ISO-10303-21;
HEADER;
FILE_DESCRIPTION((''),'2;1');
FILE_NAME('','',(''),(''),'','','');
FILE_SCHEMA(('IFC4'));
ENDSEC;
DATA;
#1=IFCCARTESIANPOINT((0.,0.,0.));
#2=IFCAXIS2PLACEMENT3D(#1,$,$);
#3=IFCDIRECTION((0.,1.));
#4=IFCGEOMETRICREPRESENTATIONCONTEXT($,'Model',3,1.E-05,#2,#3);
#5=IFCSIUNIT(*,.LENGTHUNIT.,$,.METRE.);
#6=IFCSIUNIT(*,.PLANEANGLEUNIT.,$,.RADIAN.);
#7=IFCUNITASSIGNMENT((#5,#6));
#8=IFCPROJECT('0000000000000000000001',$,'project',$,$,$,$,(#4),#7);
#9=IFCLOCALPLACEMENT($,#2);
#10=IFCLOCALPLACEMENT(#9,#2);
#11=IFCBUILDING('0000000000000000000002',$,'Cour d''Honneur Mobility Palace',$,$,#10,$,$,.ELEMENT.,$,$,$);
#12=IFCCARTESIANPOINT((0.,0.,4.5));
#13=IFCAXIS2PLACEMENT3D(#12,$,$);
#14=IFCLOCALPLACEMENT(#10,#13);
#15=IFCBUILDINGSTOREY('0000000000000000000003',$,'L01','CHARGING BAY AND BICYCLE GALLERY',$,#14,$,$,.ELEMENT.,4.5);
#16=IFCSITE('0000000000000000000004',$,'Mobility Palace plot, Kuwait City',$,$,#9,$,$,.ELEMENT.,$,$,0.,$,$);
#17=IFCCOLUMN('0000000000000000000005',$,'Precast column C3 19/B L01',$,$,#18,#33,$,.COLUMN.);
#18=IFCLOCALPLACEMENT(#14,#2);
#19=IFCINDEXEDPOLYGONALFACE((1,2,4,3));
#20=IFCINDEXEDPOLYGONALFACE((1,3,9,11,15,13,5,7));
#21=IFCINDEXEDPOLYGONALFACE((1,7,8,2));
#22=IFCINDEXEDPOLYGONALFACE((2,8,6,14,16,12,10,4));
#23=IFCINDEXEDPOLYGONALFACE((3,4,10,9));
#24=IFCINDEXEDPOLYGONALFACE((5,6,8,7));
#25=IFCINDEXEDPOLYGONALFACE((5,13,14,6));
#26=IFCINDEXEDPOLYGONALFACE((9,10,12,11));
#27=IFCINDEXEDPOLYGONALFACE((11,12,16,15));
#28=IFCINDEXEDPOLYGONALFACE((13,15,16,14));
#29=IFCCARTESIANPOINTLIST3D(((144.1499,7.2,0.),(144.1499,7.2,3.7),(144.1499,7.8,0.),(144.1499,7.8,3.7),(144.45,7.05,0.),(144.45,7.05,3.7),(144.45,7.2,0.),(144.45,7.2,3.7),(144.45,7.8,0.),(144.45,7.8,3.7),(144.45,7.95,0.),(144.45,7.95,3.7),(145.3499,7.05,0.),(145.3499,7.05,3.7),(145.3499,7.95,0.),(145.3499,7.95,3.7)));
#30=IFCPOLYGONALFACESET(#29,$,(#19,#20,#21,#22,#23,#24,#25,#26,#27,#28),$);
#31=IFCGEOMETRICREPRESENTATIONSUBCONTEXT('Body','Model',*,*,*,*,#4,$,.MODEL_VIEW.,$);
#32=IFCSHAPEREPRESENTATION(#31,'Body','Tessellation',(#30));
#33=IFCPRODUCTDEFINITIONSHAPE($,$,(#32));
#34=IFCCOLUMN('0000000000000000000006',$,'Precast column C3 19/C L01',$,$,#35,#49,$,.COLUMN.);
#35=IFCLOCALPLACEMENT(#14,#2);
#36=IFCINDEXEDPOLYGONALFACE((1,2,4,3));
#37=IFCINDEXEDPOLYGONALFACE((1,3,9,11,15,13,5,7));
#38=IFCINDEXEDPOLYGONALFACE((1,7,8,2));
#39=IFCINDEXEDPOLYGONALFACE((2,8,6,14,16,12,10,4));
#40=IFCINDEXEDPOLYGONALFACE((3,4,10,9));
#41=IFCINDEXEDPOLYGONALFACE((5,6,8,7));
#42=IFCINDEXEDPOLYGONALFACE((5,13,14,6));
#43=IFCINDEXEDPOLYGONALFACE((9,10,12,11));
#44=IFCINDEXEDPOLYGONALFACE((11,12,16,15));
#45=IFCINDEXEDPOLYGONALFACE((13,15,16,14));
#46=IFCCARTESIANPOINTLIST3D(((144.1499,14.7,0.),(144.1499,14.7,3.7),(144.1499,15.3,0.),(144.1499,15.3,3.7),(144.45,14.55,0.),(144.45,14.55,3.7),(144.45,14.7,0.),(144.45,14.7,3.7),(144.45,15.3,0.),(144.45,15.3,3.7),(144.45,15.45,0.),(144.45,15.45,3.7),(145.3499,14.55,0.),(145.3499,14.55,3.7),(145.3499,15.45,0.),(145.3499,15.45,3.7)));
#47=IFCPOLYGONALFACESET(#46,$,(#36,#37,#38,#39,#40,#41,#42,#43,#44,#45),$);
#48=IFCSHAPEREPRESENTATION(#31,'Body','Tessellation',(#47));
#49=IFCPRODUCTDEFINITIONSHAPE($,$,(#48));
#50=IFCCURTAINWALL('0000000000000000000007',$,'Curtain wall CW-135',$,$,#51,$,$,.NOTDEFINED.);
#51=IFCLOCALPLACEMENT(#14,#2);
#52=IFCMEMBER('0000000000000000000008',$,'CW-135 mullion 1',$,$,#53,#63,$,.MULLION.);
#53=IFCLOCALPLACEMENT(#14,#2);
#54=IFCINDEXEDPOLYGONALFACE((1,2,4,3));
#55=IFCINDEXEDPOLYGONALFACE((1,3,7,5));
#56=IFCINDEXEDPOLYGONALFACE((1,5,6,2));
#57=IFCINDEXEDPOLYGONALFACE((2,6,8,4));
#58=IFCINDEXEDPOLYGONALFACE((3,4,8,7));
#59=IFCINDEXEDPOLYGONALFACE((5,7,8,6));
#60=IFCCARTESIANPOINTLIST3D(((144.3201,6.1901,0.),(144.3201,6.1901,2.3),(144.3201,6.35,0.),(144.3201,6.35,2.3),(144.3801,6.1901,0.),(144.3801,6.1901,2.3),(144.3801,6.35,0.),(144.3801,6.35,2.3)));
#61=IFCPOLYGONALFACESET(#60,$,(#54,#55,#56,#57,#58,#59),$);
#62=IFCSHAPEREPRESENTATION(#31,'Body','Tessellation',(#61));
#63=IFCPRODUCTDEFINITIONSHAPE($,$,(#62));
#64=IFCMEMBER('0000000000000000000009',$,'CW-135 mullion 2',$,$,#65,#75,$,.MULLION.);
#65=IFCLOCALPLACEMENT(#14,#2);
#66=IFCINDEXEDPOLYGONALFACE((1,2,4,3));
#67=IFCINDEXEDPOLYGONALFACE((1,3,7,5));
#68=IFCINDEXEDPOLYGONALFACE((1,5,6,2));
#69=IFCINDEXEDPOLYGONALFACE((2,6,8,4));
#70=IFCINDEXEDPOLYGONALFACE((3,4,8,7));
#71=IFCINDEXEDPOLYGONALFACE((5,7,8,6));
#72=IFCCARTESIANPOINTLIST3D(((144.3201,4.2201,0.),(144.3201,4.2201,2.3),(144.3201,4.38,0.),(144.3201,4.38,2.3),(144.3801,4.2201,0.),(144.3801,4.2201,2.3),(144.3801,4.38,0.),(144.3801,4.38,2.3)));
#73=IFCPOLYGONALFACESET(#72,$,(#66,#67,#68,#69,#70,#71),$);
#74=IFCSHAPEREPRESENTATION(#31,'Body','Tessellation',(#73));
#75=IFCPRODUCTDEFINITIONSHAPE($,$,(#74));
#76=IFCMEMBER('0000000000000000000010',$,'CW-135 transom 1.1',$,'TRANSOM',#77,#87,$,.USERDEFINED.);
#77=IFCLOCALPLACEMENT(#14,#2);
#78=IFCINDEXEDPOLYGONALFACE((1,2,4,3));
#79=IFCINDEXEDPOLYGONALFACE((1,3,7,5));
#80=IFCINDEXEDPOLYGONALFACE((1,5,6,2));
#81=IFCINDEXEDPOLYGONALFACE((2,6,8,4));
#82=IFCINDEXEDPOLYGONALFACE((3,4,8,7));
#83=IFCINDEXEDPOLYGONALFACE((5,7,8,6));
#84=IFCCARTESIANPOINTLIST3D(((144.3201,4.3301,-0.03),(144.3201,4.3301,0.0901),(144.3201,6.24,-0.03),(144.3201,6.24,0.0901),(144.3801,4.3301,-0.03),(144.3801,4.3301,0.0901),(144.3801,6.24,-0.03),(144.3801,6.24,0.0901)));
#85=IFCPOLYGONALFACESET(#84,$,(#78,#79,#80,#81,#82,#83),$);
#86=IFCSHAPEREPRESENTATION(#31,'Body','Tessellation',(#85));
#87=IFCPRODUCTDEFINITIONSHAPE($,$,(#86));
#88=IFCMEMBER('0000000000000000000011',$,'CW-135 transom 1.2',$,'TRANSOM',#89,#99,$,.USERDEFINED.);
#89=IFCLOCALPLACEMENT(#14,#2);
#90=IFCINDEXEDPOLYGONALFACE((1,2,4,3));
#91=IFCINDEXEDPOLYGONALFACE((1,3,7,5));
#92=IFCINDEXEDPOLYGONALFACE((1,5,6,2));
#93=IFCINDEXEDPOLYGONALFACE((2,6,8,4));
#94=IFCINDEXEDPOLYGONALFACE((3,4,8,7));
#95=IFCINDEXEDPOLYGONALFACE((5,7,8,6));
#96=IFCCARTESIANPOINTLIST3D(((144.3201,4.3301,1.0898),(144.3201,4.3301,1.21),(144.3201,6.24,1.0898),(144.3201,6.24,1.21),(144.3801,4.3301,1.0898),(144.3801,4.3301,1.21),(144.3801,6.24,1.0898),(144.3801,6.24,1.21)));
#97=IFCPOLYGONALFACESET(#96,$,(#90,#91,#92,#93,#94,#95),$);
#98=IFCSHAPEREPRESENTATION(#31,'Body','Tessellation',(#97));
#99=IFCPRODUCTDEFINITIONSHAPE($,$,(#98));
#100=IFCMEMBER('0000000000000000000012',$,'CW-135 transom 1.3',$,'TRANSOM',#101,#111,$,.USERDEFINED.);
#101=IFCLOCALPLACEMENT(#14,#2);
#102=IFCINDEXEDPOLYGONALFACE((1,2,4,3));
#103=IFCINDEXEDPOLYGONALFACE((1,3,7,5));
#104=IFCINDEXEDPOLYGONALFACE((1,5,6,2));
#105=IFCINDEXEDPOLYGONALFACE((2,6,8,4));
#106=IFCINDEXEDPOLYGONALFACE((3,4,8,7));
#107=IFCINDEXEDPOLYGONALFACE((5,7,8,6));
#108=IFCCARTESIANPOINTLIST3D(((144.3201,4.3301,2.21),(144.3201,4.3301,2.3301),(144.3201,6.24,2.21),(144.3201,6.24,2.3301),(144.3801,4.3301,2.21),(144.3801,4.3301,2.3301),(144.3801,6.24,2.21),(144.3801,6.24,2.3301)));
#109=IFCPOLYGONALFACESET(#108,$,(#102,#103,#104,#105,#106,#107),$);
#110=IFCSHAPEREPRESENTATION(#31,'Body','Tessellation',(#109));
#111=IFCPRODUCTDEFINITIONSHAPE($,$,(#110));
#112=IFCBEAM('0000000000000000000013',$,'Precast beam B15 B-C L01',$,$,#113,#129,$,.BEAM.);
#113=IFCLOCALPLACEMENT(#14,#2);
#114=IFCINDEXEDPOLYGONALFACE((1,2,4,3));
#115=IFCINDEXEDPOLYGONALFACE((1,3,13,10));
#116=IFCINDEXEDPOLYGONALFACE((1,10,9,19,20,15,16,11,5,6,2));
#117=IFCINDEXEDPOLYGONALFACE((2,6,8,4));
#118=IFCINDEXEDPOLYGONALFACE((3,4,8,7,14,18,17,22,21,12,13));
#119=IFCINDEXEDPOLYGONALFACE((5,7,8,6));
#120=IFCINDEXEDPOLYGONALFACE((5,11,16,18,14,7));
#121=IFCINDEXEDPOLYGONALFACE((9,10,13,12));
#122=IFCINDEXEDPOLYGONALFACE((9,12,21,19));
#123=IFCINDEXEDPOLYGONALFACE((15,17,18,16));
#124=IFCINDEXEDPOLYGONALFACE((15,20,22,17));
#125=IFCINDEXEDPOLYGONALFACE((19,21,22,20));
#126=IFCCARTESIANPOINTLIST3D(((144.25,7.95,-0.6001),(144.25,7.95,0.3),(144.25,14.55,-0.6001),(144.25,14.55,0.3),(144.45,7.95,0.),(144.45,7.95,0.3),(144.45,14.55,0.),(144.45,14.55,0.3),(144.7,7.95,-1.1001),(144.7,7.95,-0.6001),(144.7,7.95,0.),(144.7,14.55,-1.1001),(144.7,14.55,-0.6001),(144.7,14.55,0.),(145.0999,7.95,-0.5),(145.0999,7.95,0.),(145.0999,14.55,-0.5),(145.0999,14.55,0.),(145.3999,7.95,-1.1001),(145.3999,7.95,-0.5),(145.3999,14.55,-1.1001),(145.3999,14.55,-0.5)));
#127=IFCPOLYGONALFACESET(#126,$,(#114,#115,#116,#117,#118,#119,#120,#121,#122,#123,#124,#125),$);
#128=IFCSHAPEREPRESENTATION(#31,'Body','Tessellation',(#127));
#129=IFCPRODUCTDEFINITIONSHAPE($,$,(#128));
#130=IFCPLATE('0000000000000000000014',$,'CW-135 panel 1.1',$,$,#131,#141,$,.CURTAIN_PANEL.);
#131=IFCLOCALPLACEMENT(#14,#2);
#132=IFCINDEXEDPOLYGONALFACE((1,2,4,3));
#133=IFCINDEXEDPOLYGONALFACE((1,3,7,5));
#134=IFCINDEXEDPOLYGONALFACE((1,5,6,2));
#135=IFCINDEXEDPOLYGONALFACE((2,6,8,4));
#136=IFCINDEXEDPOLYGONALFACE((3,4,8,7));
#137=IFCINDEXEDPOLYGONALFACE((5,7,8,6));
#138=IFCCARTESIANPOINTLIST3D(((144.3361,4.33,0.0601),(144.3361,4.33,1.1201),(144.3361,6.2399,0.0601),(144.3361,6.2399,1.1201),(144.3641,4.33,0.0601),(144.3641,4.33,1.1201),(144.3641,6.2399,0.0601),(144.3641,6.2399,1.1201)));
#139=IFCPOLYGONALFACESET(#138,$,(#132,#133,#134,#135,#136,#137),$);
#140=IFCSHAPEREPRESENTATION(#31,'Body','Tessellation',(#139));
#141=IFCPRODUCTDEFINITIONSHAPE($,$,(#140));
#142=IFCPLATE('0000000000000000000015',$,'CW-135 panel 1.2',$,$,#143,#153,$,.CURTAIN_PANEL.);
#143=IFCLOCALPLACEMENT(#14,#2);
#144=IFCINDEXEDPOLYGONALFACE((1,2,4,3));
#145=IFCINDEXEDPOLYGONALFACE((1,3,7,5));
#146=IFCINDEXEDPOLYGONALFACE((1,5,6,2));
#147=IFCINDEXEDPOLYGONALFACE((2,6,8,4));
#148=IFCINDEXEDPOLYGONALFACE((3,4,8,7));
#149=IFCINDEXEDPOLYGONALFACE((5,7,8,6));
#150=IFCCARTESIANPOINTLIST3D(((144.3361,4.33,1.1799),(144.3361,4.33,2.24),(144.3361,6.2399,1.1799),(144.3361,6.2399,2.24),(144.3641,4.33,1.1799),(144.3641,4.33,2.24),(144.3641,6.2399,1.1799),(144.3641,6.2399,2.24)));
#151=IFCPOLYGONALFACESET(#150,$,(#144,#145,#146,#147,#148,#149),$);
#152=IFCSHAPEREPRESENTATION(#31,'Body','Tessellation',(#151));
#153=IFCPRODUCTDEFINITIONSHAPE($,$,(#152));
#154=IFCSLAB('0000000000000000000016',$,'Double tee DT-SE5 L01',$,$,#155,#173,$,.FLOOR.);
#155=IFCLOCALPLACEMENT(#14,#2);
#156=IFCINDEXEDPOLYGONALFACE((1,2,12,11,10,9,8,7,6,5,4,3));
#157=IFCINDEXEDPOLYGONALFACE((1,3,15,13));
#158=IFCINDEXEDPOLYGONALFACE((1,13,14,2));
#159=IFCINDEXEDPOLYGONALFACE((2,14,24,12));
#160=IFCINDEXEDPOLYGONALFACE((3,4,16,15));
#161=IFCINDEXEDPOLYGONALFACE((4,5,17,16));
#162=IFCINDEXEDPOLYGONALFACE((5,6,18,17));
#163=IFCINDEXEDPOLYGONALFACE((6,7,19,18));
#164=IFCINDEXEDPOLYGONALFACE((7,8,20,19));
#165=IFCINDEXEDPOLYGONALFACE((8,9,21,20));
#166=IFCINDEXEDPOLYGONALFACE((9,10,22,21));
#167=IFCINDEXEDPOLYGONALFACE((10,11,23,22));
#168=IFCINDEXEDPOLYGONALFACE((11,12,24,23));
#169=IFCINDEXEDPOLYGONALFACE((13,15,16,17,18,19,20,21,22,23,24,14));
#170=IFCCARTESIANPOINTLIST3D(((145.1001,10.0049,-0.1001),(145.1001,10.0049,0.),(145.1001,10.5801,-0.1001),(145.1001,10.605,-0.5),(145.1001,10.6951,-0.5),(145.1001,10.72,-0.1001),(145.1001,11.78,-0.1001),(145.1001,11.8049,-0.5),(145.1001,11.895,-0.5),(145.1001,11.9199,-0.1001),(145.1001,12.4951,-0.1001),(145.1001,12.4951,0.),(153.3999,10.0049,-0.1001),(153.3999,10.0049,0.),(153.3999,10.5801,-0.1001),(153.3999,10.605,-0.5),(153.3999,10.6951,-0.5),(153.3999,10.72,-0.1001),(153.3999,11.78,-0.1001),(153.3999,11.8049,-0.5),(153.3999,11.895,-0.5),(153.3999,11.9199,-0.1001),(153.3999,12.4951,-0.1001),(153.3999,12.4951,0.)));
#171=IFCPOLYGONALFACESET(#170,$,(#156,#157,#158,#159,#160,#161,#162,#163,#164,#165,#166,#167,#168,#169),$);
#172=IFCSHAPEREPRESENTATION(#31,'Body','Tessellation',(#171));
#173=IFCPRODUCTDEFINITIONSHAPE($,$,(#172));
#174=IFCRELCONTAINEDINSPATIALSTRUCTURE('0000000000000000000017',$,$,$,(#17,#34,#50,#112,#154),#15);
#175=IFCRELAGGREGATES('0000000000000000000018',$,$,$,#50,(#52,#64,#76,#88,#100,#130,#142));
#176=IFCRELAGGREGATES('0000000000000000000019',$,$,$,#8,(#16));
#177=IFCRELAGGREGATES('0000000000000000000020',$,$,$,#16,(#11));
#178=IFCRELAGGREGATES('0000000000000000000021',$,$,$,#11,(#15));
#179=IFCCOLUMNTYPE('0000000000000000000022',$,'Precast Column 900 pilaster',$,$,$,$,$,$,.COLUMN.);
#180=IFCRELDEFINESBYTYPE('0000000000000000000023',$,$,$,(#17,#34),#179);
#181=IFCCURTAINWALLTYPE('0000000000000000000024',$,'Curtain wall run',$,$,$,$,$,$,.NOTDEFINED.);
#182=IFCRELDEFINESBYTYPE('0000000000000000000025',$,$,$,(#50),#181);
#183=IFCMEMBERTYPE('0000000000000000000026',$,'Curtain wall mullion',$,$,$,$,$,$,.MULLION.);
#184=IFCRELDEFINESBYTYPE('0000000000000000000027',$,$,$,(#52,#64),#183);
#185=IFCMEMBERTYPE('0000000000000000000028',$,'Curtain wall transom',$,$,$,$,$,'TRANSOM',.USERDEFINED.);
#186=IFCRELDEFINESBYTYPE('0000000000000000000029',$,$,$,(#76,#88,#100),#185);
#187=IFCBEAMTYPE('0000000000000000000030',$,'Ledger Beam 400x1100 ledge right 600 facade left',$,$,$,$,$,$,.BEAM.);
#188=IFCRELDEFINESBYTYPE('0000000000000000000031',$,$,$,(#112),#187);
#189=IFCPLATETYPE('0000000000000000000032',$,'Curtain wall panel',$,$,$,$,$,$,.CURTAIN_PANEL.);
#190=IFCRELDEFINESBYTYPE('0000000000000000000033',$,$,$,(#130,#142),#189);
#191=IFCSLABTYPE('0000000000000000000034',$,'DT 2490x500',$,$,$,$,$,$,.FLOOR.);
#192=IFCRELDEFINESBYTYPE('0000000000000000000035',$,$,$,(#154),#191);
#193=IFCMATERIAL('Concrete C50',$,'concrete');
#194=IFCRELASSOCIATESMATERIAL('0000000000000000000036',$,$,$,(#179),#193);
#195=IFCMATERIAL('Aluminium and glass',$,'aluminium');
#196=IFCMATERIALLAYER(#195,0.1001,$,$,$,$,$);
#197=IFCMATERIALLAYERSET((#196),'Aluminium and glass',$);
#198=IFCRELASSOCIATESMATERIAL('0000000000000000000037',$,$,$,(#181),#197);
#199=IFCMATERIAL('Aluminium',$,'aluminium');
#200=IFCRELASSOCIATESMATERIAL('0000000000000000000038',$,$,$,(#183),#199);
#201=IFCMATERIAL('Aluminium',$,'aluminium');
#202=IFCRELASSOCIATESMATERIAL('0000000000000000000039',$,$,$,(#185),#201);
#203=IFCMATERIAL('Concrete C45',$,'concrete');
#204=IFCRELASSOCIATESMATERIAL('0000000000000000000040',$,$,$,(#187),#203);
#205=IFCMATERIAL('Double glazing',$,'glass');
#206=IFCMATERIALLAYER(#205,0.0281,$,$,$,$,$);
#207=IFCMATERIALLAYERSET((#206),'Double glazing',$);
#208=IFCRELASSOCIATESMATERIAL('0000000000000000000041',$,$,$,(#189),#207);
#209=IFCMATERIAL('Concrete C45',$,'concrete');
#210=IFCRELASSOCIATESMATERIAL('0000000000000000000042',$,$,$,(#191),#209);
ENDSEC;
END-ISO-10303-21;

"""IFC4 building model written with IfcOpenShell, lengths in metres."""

from ifc_helpers import new_model, si_unit, direction, frame, origin, origin_2d, place, context, subcontext, project, spatial, polyline, rectangle, outline, extrude, material, layer, layer_set, material_profile, profile_set, type_object, element, aggregate, save


model = new_model("IFC4")

# Units and contexts
model_context = context("Model", 3, precision=1e-05, world=origin(), true_north=direction((0.0, 1.0)))
body_context = subcontext(model_context, "Body", "Model", "MODEL_VIEW")
ifc_project = project(units=[si_unit("LENGTHUNIT", "METRE"), si_unit("PLANEANGLEUNIT", "RADIAN")], contexts=[model_context])

# Site, building, storey
site_placement = place(None, origin())
site = spatial("IfcSite", under=ifc_project, at=site_placement, Name="Mobility Palace plot, Kuwait City", CompositionType="ELEMENT", RefElevation=0.0)
building_placement = place(site_placement, origin())
building = spatial("IfcBuilding", under=site, at=building_placement, Name="Cour d'Honneur Mobility Palace", CompositionType="ELEMENT")
storey_placement = place(building_placement, frame((0.0, 0.0, 4.5)))
storey = spatial("IfcBuildingStorey", under=building, at=storey_placement, Name="L01", Description="CHARGING BAY AND BICYCLE GALLERY", CompositionType="ELEMENT", Elevation=4.5)

# Columns
ifc_material_1 = material(Name="Concrete C50", Category="concrete")
ifc_material_profile_1 = material_profile(ifc_material_1, outline(polyline([(-0.45, -0.45), (0.45, -0.45), (0.45, -0.3), (0.75, -0.3), (0.75, 0.3), (0.45, 0.3), (0.45, 0.45), (-0.45, 0.45), (-0.45, -0.45)])), Name="PC C900 pilaster")
ifc_profile_set_1 = profile_set([ifc_material_profile_1], Name="Concrete C50")
column_type = type_object("IfcColumnType", Name="Precast Column 900 pilaster", PredefinedType="COLUMN", material=ifc_profile_set_1)
for number, where, z_axis, x_axis, name in (
    (1, (144.8999, 7.5, 0.0), (0.0, 0.0, 1.0), (-1.0, 0.0, 0.0), "Precast column C3 19/B L01"),
    (2, (144.8999, 15.0, 0.0), (0.0, 0.0, 1.0), (-1.0, 0.0, 0.0), "Precast column C3 19/C L01"),
):
    element("IfcColumn", number, at=place(storey_placement, frame(where, z_axis=z_axis, x_axis=x_axis)), inside=storey, type_object=column_type, Name=name, PredefinedType="COLUMN", context=body_context, shape_type="SweptSolid", body=[
        extrude(outline(polyline([(-0.45, -0.45), (0.45, -0.45), (0.45, -0.3), (0.75, -0.3), (0.75, 0.3), (0.45, 0.3), (0.45, 0.45), (-0.45, 0.45), (-0.45, -0.45)])), origin(), (0.0, 0.0, 1.0), 3.7),
    ])

# Curtain wall, members
ifc_material_2 = material(Name="Aluminium and glass", Category="aluminium")
ifc_layer_1 = layer(ifc_material_2, 0.1001)
ifc_layer_set_1 = layer_set([ifc_layer_1], Name="Aluminium and glass")
curtain_wall_type = type_object("IfcCurtainWallType", Name="Curtain wall run", PredefinedType="NOTDEFINED", material=ifc_layer_set_1)
curtain_wall_placement = place(storey_placement, origin())
curtain_wall = element("IfcCurtainWall", 3, at=curtain_wall_placement, inside=storey, type_object=curtain_wall_type, Name="Curtain wall CW-135", PredefinedType="NOTDEFINED")
ifc_material_3 = material(Name="Aluminium", Category="aluminium")
ifc_material_profile_2 = material_profile(ifc_material_3, rectangle(XDim=0.0601, YDim=0.1599, at=origin_2d()), Name="Curtain wall mullion")
ifc_profile_set_2 = profile_set([ifc_material_profile_2], Name="Aluminium")
member_type_1 = type_object("IfcMemberType", Name="Curtain wall mullion", PredefinedType="MULLION", material=ifc_profile_set_2)
member_1_placement = place(storey_placement, frame((144.3501, 6.27, 0.0), z_axis=(0.0, 0.0, 1.0), x_axis=(1.0, 0.0, 0.0)))
member_1 = element("IfcMember", 4, at=member_1_placement, type_object=member_type_1, Name="CW-135 mullion 1", PredefinedType="MULLION", context=body_context, shape_type="SweptSolid", body=[
    extrude(rectangle(XDim=0.0601, YDim=0.1599, at=origin_2d()), origin(), (0.0, 0.0, 1.0), 2.3),
])
member_2_placement = place(storey_placement, frame((144.3501, 4.3, 0.0), z_axis=(0.0, 0.0, 1.0), x_axis=(1.0, 0.0, 0.0)))
member_2 = element("IfcMember", 5, at=member_2_placement, type_object=member_type_1, Name="CW-135 mullion 2", PredefinedType="MULLION", context=body_context, shape_type="SweptSolid", body=[
    extrude(rectangle(XDim=0.0601, YDim=0.1599, at=origin_2d()), origin(), (0.0, 0.0, 1.0), 2.3),
])
ifc_material_4 = material(Name="Aluminium", Category="aluminium")
ifc_material_profile_3 = material_profile(ifc_material_4, rectangle(XDim=0.0601, YDim=0.1201, at=origin_2d()), Name="Curtain wall transom")
ifc_profile_set_3 = profile_set([ifc_material_profile_3], Name="Aluminium")
member_type_2 = type_object("IfcMemberType", Name="Curtain wall transom", ElementType="TRANSOM", PredefinedType="USERDEFINED", material=ifc_profile_set_3)
member_3_placement = place(storey_placement, frame((144.3501, 6.24, 0.03), z_axis=(0.0, -1.0, 0.0), x_axis=(1.0, 0.0, 0.0)))
member_3 = element("IfcMember", 6, at=member_3_placement, type_object=member_type_2, Name="CW-135 transom 1.1", ObjectType="TRANSOM", PredefinedType="USERDEFINED", context=body_context, shape_type="SweptSolid", body=[
    extrude(rectangle(XDim=0.0601, YDim=0.1201, at=origin_2d()), origin(), (0.0, 0.0, 1.0), 1.9099),
])
member_4_placement = place(storey_placement, frame((144.3501, 6.24, 1.1499), z_axis=(0.0, -1.0, 0.0), x_axis=(1.0, 0.0, 0.0)))
member_4 = element("IfcMember", 7, at=member_4_placement, type_object=member_type_2, Name="CW-135 transom 1.2", ObjectType="TRANSOM", PredefinedType="USERDEFINED", context=body_context, shape_type="SweptSolid", body=[
    extrude(rectangle(XDim=0.0601, YDim=0.1201, at=origin_2d()), origin(), (0.0, 0.0, 1.0), 1.9099),
])
member_5_placement = place(storey_placement, frame((144.3501, 6.24, 2.27), z_axis=(0.0, -1.0, 0.0), x_axis=(1.0, 0.0, 0.0)))
member_5 = element("IfcMember", 8, at=member_5_placement, type_object=member_type_2, Name="CW-135 transom 1.3", ObjectType="TRANSOM", PredefinedType="USERDEFINED", context=body_context, shape_type="SweptSolid", body=[
    extrude(rectangle(XDim=0.0601, YDim=0.1201, at=origin_2d()), origin(), (0.0, 0.0, 1.0), 1.9099),
])

# Beam
ifc_material_5 = material(Name="Concrete C45", Category="concrete")
ifc_material_profile_4 = material_profile(ifc_material_5, outline(polyline([(0.2, -1.1001), (0.2, -0.6001), (0.6499, -0.6001), (0.6499, 0.3), (0.45, 0.3), (0.45, 0.0), (0.2, 0.0), (-0.2, 0.0), (-0.2, -0.5), (-0.5, -0.5), (-0.5, -1.1001), (0.2, -1.1001)])), Name="Ledger Beam 400x1100 ledge right 600 facade left")
ifc_profile_set_4 = profile_set([ifc_material_profile_4], Name="Concrete C45")
beam_type = type_object("IfcBeamType", Name="Ledger Beam 400x1100 ledge right 600 facade left", PredefinedType="BEAM", material=ifc_profile_set_4)
beam_placement = place(storey_placement, frame((144.8999, 7.95, 0.0), z_axis=(0.0, 1.0, 0.0), x_axis=(-1.0, 0.0, 0.0)))
element("IfcBeam", 9, at=beam_placement, inside=storey, type_object=beam_type, Name="Precast beam B15 B-C L01", PredefinedType="BEAM", context=body_context, shape_type="SweptSolid", body=[
    extrude(outline(polyline([(0.2, -1.1001), (0.2, -0.6001), (0.6499, -0.6001), (0.6499, 0.3), (0.45, 0.3), (0.45, 0.0), (0.2, 0.0), (-0.2, 0.0), (-0.2, -0.5), (-0.5, -0.5), (-0.5, -1.1001), (0.2, -1.1001)])), origin(), (0.0, 0.0, 1.0), 6.6001),
])

# Plates
ifc_material_6 = material(Name="Double glazing", Category="glass")
ifc_layer_2 = layer(ifc_material_6, 0.0281)
ifc_layer_set_2 = layer_set([ifc_layer_2], Name="Double glazing")
plate_type = type_object("IfcPlateType", Name="Curtain wall panel", PredefinedType="CURTAIN_PANEL", material=ifc_layer_set_2)
plate_1_placement = place(storey_placement, frame((144.3501, 5.2849, 0.0601), z_axis=(0.0, 0.0, 1.0), x_axis=(0.0, -1.0, 0.0)))
plate_1 = element("IfcPlate", 10, at=plate_1_placement, type_object=plate_type, Name="CW-135 panel 1.1", PredefinedType="CURTAIN_PANEL", context=body_context, shape_type="SweptSolid", body=[
    extrude(rectangle(XDim=1.9099, YDim=0.0281, at=origin_2d()), origin(), (0.0, 0.0, 1.0), 1.0601),
])
plate_2_placement = place(storey_placement, frame((144.3501, 5.2849, 1.1799), z_axis=(0.0, 0.0, 1.0), x_axis=(0.0, -1.0, 0.0)))
plate_2 = element("IfcPlate", 11, at=plate_2_placement, type_object=plate_type, Name="CW-135 panel 1.2", PredefinedType="CURTAIN_PANEL", context=body_context, shape_type="SweptSolid", body=[
    extrude(rectangle(XDim=1.9099, YDim=0.0281, at=origin_2d()), origin(), (0.0, 0.0, 1.0), 1.0601),
])
aggregate(curtain_wall, [member_1, member_2, member_3, member_4, member_5, plate_1, plate_2])

# Slab
ifc_material_7 = material(Name="Concrete C45", Category="concrete")
ifc_material_profile_5 = material_profile(ifc_material_7, outline(polyline([(-1.2451, 0.0), (1.2451, 0.0), (1.2451, -0.1001), (0.6699, -0.1001), (0.645, -0.5), (0.5549, -0.5), (0.53, -0.1001), (-0.53, -0.1001), (-0.5549, -0.5), (-0.645, -0.5), (-0.6699, -0.1001), (-1.2451, -0.1001), (-1.2451, 0.0)])), Name="DT 2490x500")
ifc_profile_set_5 = profile_set([ifc_material_profile_5], Name="Concrete C45")
slab_type = type_object("IfcSlabType", Name="DT 2490x500", PredefinedType="FLOOR", material=ifc_profile_set_5)
slab_placement = place(storey_placement, frame((145.1001, 11.25, 0.0), z_axis=(1.0, 0.0, 0.0), x_axis=(0.0, 1.0, 0.0)))
element("IfcSlab", 12, at=slab_placement, inside=storey, type_object=slab_type, Name="Double tee DT-SE5 L01", PredefinedType="FLOOR", context=body_context, shape_type="SweptSolid", body=[
    extrude(outline(polyline([(-1.2451, 0.0), (1.2451, 0.0), (1.2451, -0.1001), (0.6699, -0.1001), (0.645, -0.5), (0.5549, -0.5), (0.53, -0.1001), (-0.53, -0.1001), (-0.5549, -0.5), (-0.645, -0.5), (-0.6699, -0.1001), (-1.2451, -0.1001), (-1.2451, 0.0)])), origin(), (0.0, 0.0, 1.0), 8.2998),
])

save(model, "model.ifc")
